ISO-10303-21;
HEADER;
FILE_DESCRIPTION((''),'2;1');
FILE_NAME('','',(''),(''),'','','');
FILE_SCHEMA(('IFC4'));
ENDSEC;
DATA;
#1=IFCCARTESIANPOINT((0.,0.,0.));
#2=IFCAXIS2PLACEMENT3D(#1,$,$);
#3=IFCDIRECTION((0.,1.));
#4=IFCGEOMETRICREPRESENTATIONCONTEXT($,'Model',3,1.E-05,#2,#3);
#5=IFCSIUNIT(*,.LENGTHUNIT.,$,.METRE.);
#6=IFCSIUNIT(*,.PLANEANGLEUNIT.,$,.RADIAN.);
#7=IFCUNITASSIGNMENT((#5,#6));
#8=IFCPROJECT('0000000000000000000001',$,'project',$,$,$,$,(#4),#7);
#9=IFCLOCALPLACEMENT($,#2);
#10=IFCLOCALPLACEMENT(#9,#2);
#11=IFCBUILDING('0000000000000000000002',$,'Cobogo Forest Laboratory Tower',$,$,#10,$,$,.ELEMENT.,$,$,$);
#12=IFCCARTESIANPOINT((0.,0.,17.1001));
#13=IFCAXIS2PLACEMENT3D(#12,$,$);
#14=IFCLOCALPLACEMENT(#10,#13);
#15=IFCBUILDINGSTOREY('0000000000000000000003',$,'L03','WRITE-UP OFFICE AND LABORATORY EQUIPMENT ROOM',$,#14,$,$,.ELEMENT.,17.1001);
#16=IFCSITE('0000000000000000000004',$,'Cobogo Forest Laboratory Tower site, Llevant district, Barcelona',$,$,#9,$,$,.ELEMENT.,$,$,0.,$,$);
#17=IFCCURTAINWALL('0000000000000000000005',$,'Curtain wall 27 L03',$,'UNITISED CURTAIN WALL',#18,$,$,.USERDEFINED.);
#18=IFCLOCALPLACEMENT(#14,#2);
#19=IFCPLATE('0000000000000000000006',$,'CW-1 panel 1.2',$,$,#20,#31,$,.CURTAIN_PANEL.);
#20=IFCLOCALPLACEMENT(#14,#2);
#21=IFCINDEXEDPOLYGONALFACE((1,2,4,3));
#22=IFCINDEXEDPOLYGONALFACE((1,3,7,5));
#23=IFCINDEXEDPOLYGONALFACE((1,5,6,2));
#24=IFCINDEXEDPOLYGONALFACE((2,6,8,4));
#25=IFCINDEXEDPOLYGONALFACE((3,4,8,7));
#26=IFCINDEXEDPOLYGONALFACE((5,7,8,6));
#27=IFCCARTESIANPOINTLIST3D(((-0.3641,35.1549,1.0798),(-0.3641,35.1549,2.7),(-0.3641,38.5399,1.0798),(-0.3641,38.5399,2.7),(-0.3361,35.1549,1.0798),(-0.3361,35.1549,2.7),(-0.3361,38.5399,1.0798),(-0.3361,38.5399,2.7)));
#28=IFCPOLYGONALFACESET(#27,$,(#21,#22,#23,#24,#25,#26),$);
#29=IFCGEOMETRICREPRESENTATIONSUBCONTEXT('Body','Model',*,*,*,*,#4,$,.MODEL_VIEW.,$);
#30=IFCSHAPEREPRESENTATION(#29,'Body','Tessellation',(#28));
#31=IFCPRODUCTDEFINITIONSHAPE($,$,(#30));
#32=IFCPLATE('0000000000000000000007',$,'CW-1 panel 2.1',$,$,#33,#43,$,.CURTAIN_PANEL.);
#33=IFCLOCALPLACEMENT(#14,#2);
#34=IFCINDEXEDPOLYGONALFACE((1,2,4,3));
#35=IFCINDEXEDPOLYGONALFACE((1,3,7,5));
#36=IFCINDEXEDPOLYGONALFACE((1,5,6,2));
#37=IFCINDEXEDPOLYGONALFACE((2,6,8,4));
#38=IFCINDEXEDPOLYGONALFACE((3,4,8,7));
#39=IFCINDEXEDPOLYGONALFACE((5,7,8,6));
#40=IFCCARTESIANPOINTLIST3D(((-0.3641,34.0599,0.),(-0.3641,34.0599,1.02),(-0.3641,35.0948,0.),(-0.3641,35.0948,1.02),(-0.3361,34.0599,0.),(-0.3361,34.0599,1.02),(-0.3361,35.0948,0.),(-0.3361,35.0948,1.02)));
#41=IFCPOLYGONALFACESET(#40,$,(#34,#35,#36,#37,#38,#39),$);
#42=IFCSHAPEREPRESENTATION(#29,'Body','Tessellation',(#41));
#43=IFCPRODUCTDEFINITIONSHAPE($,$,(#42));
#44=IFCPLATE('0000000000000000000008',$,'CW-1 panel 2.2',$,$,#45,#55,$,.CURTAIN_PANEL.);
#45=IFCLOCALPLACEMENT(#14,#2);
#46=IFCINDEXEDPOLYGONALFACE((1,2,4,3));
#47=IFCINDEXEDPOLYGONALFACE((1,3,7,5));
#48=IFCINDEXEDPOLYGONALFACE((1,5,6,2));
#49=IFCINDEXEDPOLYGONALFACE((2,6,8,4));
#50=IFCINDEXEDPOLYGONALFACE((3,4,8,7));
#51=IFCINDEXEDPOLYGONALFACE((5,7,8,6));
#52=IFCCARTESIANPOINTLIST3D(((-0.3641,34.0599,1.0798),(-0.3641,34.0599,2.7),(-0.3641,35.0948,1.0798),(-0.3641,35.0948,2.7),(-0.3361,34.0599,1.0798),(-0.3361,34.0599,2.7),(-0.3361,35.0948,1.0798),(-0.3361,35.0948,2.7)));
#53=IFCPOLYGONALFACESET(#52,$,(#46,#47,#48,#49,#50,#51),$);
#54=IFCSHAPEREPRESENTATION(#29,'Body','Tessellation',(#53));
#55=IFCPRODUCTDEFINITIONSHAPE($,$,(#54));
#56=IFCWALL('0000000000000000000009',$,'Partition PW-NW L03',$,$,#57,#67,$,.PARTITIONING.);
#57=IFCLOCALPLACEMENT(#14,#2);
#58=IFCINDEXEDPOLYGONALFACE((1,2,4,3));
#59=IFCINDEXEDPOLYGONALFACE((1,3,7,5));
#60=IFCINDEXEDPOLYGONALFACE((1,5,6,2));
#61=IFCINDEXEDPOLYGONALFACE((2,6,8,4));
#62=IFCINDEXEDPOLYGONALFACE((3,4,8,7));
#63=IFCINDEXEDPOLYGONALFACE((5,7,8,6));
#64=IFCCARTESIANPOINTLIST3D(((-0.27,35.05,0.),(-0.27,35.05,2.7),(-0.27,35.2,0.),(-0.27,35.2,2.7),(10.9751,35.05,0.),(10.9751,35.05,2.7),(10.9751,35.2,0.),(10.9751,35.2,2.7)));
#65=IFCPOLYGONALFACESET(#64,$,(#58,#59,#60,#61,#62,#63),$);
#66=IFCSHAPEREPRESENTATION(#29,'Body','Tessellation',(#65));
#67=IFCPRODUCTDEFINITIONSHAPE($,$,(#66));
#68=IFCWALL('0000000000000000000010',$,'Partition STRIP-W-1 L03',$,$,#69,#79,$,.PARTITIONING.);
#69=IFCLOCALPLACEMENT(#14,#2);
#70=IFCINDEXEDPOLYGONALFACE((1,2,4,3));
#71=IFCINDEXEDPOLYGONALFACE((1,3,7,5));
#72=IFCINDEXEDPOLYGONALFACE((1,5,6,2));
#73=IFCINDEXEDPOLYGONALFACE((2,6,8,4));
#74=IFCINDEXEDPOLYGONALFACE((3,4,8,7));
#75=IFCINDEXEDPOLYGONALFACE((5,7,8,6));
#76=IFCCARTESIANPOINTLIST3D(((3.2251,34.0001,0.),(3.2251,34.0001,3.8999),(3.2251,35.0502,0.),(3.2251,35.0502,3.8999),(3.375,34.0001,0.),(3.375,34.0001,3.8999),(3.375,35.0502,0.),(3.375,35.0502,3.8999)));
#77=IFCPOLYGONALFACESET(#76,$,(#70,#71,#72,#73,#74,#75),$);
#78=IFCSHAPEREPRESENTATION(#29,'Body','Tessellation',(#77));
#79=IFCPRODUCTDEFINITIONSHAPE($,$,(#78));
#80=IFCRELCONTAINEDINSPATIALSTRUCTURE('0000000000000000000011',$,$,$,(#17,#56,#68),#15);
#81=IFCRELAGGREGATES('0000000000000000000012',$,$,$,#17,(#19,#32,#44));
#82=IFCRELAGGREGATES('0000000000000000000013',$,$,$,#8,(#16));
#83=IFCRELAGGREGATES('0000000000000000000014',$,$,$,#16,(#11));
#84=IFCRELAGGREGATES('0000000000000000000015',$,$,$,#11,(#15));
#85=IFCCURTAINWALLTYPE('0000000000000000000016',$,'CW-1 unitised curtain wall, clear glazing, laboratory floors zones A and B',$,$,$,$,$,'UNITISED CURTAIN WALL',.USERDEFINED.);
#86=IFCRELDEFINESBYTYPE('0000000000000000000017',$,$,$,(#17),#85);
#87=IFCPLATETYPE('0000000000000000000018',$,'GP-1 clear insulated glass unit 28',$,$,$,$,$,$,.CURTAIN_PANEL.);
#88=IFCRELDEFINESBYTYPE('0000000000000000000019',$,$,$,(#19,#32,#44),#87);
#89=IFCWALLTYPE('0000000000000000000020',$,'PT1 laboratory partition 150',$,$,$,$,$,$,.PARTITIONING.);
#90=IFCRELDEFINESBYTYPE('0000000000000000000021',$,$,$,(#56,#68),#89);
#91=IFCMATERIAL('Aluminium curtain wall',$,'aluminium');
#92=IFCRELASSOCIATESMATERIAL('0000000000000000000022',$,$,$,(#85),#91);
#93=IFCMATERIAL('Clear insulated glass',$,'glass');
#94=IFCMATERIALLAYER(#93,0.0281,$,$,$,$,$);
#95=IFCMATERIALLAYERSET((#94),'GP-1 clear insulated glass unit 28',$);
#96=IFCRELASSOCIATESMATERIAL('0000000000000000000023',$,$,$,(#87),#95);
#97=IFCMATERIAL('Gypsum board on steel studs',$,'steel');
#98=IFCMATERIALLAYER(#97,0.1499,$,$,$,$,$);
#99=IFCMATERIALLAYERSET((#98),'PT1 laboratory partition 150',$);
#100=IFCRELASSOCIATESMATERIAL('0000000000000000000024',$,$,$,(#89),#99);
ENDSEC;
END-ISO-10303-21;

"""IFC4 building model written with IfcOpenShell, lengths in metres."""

from ifc_helpers import new_model, si_unit, direction, frame, frame_2d, origin, origin_2d, place, context, subcontext, project, spatial, rectangle, extrude, material, layer, layer_set, type_object, element, aggregate, save


model = new_model("IFC4")

# Units and contexts
model_context = context("Model", 3, precision=1e-05, world=origin(), true_north=direction((0.0, 1.0)))
body_context = subcontext(model_context, "Body", "Model", "MODEL_VIEW")
ifc_project = project(units=[si_unit("LENGTHUNIT", "METRE"), si_unit("PLANEANGLEUNIT", "RADIAN")], contexts=[model_context])

# Site, building, storey
site_placement = place(None, origin())
site = spatial("IfcSite", under=ifc_project, at=site_placement, Name="Cobogo Forest Laboratory Tower site, Llevant district, Barcelona", CompositionType="ELEMENT", RefElevation=0.0)
building_placement = place(site_placement, origin())
building = spatial("IfcBuilding", under=site, at=building_placement, Name="Cobogo Forest Laboratory Tower", CompositionType="ELEMENT")
storey_placement = place(building_placement, frame((0.0, 0.0, 17.1001)))
storey = spatial("IfcBuildingStorey", under=building, at=storey_placement, Name="L03", Description="WRITE-UP OFFICE AND LABORATORY EQUIPMENT ROOM", CompositionType="ELEMENT", Elevation=17.1001)

# Curtain wall
ifc_material_1 = material(Name="Aluminium curtain wall", Category="aluminium")
curtain_wall_type = type_object("IfcCurtainWallType", Name="CW-1 unitised curtain wall, clear glazing, laboratory floors zones A and B", ElementType="UNITISED CURTAIN WALL", PredefinedType="USERDEFINED", material=ifc_material_1)
curtain_wall_1_placement = place(storey_placement, origin())
curtain_wall_1 = element("IfcCurtainWall", 1, at=curtain_wall_1_placement, inside=storey, type_object=curtain_wall_type, Name="Curtain wall 27 L03", ObjectType="UNITISED CURTAIN WALL", PredefinedType="USERDEFINED")

# Plates
ifc_material_2 = material(Name="Clear insulated glass", Category="glass")
ifc_layer_1 = layer(ifc_material_2, 0.0281)
ifc_layer_set_1 = layer_set([ifc_layer_1], Name="GP-1 clear insulated glass unit 28")
plate_type_1 = type_object("IfcPlateType", Name="GP-1 clear insulated glass unit 28", PredefinedType="CURTAIN_PANEL", material=ifc_layer_set_1)
plate_1_placement = place(storey_placement, frame((-0.3501, 36.8474, 1.0798), z_axis=(0.0, 0.0, 1.0), x_axis=(0.0, -1.0, 0.0)))
plate_1 = element("IfcPlate", 2, at=plate_1_placement, type_object=plate_type_1, Name="CW-1 panel 1.2", PredefinedType="CURTAIN_PANEL", context=body_context, shape_type="SweptSolid", body=[
    extrude(rectangle(XDim=3.385, YDim=0.0281, at=origin_2d()), origin(), (0.0, 0.0, 1.0), 1.6201),
])
plate_2_placement = place(storey_placement, frame((-0.3501, 34.5774, 0.0), z_axis=(0.0, 0.0, 1.0), x_axis=(0.0, -1.0, 0.0)))
plate_2 = element("IfcPlate", 3, at=plate_2_placement, type_object=plate_type_1, Name="CW-1 panel 2.1", PredefinedType="CURTAIN_PANEL", context=body_context, shape_type="SweptSolid", body=[
    extrude(rectangle(XDim=1.0349, YDim=0.0281, at=origin_2d()), origin(), (0.0, 0.0, 1.0), 1.02),
])
plate_3_placement = place(storey_placement, frame((-0.3501, 34.5774, 1.0798), z_axis=(0.0, 0.0, 1.0), x_axis=(0.0, -1.0, 0.0)))
plate_3 = element("IfcPlate", 4, at=plate_3_placement, type_object=plate_type_1, Name="CW-1 panel 2.2", PredefinedType="CURTAIN_PANEL", context=body_context, shape_type="SweptSolid", body=[
    extrude(rectangle(XDim=1.0349, YDim=0.0281, at=origin_2d()), origin(), (0.0, 0.0, 1.0), 1.6201),
])
aggregate(curtain_wall_1, [plate_1, plate_2, plate_3])

# Walls
ifc_material_3 = material(Name="Gypsum board on steel studs", Category="steel")
ifc_layer_2 = layer(ifc_material_3, 0.1499)
ifc_layer_set_2 = layer_set([ifc_layer_2], Name="PT1 laboratory partition 150")
wall_type = type_object("IfcWallType", Name="PT1 laboratory partition 150", PredefinedType="PARTITIONING", material=ifc_layer_set_2)
wall_1_placement = place(storey_placement, frame((-0.27, 35.125, 0.0), z_axis=(0.0, 0.0, 1.0), x_axis=(1.0, 0.0, 0.0)))
element("IfcWall", 5, at=wall_1_placement, inside=storey, type_object=wall_type, Name="Partition PW-NW L03", PredefinedType="PARTITIONING", context=body_context, shape_type="SweptSolid", body=[
    extrude(rectangle(XDim=11.2451, YDim=0.1499, at=frame_2d((5.6226, 0.0))), origin(), (0.0, 0.0, 1.0), 2.7),
])
wall_2_placement = place(storey_placement, frame((3.3, 35.05, 0.0), z_axis=(0.0, 0.0, 1.0), x_axis=(0.0, -1.0, 0.0)))
element("IfcWall", 6, at=wall_2_placement, inside=storey, type_object=wall_type, Name="Partition STRIP-W-1 L03", PredefinedType="PARTITIONING", context=body_context, shape_type="SweptSolid", body=[
    extrude(rectangle(XDim=1.05, YDim=0.1499, at=frame_2d((0.5249, 0.0))), origin(), (0.0, 0.0, 1.0), 3.8999),
])

save(model, "model.ifc")
